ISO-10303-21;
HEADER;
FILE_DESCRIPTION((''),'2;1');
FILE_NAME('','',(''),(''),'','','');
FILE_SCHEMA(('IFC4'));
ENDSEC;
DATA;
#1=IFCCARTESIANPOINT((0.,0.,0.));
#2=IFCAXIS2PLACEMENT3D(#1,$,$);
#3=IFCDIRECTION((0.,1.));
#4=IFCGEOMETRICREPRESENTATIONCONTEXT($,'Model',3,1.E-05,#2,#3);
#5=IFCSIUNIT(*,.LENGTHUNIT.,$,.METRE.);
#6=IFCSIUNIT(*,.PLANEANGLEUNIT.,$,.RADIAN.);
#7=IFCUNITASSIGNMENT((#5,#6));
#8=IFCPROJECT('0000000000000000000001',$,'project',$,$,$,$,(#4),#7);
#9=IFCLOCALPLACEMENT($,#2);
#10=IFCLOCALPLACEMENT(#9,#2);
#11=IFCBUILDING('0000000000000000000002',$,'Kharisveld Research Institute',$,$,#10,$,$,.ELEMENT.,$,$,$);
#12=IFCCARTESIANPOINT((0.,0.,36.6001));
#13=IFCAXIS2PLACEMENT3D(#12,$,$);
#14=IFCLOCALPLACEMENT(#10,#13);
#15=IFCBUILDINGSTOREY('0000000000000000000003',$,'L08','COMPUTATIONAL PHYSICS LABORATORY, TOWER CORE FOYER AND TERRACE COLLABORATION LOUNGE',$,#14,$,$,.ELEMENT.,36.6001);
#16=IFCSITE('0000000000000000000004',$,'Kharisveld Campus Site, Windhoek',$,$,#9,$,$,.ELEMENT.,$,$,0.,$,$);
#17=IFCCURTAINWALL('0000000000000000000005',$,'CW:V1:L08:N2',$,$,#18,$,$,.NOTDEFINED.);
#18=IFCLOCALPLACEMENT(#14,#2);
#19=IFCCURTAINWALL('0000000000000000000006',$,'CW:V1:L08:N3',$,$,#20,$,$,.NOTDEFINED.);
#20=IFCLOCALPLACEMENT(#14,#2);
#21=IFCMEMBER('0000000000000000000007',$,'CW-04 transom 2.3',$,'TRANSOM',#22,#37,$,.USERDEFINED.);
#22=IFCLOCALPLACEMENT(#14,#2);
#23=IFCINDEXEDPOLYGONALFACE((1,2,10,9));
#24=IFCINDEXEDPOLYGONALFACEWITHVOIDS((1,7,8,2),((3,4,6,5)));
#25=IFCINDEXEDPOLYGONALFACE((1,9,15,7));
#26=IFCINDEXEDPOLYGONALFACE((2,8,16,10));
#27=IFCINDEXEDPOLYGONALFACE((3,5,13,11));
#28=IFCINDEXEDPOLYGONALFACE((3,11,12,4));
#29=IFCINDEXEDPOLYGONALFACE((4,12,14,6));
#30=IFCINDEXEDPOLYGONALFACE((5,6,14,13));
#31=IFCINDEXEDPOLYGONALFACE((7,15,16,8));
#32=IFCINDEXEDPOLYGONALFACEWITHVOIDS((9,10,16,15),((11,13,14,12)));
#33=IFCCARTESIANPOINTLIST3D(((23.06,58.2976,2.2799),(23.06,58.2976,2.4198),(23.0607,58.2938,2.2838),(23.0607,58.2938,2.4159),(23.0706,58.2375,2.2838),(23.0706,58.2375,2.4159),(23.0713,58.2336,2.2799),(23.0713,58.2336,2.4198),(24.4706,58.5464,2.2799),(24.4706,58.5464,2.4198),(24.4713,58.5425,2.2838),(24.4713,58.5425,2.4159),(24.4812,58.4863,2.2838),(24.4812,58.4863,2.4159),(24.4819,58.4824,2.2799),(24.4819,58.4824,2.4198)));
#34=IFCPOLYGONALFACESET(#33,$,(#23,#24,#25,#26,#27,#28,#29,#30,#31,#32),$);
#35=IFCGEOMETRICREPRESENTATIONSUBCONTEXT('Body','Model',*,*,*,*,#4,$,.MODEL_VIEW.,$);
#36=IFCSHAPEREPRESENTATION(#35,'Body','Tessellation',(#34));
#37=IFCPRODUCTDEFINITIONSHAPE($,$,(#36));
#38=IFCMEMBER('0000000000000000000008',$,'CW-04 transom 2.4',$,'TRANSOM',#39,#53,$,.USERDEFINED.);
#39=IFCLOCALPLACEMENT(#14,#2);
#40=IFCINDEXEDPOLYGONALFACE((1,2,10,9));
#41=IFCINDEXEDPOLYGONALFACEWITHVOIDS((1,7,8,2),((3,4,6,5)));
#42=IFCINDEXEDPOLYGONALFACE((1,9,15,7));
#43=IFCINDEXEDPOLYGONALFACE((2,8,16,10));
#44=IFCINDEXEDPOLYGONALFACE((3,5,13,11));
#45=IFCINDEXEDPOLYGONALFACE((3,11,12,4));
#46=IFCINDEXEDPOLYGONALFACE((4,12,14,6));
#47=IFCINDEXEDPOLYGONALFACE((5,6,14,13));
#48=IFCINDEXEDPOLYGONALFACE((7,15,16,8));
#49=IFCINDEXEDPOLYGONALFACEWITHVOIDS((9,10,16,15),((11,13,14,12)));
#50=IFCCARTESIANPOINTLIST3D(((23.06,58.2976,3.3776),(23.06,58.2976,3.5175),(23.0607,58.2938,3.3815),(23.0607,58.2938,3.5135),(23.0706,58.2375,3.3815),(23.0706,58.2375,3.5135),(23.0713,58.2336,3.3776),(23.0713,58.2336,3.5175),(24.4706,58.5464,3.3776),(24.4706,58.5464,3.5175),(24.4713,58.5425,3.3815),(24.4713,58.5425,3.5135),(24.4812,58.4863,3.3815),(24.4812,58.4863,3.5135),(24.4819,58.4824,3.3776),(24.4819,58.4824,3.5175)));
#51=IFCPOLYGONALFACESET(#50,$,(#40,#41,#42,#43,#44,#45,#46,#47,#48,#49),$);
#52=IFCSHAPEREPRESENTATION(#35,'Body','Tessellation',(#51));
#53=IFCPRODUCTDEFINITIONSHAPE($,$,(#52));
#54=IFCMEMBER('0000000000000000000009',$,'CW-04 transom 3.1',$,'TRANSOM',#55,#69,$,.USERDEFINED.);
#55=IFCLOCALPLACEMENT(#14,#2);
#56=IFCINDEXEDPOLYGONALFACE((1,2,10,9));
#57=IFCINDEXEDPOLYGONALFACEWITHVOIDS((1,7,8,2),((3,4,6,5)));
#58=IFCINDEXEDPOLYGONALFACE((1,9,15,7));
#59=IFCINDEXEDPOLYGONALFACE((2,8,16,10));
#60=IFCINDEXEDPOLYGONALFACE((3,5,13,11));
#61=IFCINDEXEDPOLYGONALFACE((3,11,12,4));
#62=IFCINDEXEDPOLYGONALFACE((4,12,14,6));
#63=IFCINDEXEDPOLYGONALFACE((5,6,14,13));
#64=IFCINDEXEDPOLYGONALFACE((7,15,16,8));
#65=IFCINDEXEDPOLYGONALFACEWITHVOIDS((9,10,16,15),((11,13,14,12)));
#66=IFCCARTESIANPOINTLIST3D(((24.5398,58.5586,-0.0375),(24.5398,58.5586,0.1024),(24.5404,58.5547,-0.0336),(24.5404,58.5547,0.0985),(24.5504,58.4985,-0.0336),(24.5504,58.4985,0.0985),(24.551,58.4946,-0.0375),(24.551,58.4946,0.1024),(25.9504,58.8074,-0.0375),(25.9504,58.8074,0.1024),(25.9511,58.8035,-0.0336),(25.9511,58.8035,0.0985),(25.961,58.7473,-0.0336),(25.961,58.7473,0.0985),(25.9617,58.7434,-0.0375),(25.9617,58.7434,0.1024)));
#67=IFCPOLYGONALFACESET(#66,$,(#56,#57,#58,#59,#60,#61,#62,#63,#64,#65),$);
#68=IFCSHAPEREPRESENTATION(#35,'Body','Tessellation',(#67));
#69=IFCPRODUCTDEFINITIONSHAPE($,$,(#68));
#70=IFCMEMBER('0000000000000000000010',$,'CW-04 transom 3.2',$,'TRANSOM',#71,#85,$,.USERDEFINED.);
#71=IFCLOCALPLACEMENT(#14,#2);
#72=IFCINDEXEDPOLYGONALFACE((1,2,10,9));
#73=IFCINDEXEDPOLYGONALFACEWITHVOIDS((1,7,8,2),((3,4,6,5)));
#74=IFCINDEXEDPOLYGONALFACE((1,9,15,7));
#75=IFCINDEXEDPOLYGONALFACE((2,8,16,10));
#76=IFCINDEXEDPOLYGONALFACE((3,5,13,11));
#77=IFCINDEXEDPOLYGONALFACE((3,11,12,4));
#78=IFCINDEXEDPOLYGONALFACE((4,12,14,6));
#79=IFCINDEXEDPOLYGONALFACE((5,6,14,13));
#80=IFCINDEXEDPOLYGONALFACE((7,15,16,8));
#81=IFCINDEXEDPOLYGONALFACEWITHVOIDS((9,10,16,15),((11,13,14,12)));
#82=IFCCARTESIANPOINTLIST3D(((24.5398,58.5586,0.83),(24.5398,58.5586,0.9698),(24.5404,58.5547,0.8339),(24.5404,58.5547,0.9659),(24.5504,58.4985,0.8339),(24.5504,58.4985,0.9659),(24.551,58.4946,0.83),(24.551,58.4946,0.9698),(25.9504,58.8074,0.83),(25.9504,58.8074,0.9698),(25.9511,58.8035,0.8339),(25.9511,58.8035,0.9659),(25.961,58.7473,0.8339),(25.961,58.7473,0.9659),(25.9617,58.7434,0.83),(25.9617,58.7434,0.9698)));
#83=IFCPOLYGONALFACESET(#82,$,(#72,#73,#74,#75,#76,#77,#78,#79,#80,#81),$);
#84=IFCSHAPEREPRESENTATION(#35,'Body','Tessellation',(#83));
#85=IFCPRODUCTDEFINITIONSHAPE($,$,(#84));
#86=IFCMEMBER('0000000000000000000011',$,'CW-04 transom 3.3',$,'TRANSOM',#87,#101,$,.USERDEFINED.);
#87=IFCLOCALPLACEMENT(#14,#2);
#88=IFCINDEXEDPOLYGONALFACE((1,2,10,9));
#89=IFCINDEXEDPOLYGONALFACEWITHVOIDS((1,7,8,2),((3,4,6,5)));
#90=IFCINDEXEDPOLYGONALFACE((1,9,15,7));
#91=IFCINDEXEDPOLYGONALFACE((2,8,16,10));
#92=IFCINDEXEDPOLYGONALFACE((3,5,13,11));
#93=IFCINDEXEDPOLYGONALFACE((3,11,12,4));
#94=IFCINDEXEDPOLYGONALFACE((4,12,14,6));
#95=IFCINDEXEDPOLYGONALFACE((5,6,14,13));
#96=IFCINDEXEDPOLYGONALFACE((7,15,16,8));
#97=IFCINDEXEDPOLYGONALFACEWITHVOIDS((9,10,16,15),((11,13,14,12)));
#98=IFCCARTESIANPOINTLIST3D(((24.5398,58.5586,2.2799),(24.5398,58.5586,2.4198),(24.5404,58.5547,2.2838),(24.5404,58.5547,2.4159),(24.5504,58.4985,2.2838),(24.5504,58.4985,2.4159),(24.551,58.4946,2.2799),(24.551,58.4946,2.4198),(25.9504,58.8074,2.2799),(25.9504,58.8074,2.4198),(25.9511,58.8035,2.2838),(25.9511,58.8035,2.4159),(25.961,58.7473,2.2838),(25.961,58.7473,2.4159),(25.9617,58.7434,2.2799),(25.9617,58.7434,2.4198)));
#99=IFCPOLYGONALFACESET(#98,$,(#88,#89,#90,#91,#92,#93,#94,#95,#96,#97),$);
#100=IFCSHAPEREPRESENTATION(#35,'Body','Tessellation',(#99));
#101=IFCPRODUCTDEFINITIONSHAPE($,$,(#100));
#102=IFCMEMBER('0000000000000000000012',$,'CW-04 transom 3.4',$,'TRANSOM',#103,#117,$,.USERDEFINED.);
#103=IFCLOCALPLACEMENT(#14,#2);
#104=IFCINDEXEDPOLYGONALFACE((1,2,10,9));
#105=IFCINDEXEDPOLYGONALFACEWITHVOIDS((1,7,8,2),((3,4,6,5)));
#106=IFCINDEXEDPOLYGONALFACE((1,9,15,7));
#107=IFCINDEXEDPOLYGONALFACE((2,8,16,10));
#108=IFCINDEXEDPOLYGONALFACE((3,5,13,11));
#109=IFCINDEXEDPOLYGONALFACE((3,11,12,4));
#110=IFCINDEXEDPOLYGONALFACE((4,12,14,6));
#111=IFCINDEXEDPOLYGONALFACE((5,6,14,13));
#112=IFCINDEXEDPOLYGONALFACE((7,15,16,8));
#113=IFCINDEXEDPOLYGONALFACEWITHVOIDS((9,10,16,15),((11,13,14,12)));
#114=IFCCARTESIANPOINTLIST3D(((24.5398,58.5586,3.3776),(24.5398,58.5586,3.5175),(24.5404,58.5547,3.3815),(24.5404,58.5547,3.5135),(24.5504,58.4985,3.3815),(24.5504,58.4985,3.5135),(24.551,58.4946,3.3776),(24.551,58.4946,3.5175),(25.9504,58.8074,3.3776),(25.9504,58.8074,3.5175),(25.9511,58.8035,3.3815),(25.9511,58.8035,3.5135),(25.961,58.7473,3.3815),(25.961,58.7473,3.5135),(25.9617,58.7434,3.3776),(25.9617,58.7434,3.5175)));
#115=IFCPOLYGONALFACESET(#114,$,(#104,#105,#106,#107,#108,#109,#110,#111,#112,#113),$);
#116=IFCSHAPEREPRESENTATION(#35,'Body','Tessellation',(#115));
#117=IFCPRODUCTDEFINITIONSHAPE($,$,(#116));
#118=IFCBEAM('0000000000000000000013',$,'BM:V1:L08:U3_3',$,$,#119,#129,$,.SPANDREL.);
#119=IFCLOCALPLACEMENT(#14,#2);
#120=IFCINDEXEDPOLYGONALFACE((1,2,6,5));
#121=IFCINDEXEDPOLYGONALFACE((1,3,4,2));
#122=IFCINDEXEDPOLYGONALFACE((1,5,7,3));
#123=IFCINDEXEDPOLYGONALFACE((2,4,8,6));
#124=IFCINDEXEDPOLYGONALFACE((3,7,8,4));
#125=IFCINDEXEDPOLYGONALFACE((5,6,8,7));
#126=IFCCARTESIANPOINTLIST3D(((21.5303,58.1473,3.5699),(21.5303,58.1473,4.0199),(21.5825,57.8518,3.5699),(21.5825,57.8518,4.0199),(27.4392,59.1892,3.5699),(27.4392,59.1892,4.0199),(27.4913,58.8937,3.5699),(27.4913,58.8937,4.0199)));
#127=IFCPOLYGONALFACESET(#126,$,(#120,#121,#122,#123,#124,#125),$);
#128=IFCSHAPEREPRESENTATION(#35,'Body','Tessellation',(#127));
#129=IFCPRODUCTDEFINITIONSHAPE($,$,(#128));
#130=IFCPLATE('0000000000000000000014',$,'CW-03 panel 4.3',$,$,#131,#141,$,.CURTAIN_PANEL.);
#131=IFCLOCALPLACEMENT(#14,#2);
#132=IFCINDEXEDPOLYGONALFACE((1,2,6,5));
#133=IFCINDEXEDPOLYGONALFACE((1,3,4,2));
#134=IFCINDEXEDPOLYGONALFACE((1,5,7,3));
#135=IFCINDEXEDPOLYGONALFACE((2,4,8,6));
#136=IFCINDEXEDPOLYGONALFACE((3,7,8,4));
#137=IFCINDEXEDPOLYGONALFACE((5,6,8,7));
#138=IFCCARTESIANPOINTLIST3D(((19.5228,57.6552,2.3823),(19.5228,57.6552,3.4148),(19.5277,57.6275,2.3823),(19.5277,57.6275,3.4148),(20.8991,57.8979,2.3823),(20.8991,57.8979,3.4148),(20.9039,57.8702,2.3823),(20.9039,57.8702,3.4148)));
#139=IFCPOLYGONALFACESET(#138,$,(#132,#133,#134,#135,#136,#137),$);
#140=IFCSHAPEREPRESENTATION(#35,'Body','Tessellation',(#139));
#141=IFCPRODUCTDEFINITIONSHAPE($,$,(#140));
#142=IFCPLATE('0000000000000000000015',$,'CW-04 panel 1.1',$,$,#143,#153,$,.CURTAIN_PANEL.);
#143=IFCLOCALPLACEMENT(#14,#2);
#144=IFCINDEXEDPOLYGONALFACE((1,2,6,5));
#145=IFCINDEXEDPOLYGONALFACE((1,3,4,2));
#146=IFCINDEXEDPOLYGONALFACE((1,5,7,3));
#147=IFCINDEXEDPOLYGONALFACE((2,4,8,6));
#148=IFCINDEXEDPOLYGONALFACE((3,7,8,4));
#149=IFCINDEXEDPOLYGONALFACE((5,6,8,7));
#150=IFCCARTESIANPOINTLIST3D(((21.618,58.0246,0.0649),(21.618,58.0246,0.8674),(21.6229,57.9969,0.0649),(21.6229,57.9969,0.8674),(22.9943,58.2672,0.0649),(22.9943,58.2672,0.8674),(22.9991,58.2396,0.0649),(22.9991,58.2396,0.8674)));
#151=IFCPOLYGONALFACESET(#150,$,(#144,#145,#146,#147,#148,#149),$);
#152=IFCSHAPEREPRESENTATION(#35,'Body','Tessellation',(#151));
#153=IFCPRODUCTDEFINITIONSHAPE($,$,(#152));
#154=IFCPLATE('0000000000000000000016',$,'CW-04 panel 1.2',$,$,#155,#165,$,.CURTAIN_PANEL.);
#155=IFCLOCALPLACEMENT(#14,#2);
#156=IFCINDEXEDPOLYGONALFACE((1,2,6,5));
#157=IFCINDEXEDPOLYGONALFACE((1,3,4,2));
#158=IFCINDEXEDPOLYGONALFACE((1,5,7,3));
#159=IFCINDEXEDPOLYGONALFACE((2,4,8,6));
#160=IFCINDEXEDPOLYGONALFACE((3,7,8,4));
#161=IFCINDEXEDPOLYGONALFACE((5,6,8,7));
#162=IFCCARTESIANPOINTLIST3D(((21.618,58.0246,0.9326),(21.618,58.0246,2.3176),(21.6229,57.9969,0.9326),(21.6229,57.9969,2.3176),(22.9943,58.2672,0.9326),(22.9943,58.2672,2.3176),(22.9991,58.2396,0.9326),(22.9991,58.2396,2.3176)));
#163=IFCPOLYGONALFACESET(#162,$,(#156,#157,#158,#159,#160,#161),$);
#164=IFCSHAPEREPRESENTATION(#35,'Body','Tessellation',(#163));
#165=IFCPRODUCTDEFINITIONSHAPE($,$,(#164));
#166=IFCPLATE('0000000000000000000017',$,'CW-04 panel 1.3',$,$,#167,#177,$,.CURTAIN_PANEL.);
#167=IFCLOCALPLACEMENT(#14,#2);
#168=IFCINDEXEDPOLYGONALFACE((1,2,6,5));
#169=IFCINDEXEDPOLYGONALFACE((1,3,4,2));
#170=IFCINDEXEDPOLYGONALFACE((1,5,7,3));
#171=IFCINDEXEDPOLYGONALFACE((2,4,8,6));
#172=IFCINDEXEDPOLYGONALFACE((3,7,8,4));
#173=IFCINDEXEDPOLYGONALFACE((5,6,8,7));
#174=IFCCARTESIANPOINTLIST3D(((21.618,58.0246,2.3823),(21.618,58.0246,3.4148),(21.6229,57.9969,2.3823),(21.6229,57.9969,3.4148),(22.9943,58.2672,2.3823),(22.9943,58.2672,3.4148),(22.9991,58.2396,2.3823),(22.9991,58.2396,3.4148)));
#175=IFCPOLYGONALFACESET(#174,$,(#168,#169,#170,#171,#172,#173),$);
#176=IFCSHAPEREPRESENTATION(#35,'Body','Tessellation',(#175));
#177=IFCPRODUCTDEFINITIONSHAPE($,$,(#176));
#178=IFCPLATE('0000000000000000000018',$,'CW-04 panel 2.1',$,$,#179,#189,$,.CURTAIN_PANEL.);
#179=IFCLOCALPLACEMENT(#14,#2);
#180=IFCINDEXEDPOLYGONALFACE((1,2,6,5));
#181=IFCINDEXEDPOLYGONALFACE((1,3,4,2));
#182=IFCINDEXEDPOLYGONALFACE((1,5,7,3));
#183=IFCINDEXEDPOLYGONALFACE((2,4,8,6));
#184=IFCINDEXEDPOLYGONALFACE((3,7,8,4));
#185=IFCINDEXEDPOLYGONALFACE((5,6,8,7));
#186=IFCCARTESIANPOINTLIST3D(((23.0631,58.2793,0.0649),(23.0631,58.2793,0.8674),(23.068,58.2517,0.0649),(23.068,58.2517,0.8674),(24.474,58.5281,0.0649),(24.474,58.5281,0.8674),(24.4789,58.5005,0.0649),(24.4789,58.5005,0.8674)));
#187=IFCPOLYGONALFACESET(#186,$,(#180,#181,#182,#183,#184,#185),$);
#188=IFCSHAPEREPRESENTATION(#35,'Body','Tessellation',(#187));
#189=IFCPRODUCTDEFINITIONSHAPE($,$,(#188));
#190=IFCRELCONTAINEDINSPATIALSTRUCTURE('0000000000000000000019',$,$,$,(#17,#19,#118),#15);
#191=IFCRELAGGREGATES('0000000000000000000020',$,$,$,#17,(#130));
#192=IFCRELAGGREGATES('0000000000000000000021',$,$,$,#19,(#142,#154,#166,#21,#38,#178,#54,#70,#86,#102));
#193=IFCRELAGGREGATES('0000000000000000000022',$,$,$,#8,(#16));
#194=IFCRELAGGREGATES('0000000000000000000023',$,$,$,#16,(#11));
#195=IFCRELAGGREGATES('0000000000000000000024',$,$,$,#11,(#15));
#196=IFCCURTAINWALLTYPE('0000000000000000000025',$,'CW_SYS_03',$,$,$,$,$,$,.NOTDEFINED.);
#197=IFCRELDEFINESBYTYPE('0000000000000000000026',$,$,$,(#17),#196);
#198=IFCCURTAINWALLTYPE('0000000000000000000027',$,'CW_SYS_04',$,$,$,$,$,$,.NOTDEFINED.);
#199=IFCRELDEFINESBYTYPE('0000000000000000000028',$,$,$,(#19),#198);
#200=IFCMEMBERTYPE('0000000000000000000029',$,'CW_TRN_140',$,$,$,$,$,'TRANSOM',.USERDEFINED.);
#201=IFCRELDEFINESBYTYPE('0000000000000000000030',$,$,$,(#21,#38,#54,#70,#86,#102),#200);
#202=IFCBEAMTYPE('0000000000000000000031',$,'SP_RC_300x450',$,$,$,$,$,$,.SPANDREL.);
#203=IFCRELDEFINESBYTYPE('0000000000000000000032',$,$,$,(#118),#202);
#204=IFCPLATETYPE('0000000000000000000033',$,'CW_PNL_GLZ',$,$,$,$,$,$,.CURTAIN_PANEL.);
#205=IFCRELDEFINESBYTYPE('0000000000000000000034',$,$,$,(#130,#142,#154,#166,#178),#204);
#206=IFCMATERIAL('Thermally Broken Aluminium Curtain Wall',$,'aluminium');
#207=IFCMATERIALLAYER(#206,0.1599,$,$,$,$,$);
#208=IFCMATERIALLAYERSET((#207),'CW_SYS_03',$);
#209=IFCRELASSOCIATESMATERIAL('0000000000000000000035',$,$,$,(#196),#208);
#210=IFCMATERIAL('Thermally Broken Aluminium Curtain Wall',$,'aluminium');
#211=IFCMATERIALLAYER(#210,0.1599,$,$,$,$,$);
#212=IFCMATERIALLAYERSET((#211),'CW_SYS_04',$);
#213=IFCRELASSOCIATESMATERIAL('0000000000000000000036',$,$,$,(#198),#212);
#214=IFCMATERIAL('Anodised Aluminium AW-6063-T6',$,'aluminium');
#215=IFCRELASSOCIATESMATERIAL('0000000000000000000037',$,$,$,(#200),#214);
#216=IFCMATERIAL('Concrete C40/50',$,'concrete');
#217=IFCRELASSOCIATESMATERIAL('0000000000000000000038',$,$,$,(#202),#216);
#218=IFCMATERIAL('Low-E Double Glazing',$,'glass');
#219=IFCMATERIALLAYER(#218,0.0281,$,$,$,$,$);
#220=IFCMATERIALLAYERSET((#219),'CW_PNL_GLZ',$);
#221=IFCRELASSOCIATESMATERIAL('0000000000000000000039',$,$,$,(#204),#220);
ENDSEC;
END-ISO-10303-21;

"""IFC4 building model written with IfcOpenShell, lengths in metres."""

from ifc_helpers import new_model, si_unit, direction, frame, origin, origin_2d, place, context, subcontext, project, spatial, rectangle, hollow_rectangle, extrude, material, layer, layer_set, material_profile, profile_set, type_object, element, aggregate, save


model = new_model("IFC4")

# Units and contexts
model_context = context("Model", 3, precision=1e-05, world=origin(), true_north=direction((0.0, 1.0)))
body_context = subcontext(model_context, "Body", "Model", "MODEL_VIEW")
ifc_project = project(units=[si_unit("LENGTHUNIT", "METRE"), si_unit("PLANEANGLEUNIT", "RADIAN")], contexts=[model_context])

# Site, building, storey
site_placement = place(None, origin())
site = spatial("IfcSite", under=ifc_project, at=site_placement, Name="Kharisveld Campus Site, Windhoek", CompositionType="ELEMENT", RefElevation=0.0)
building_placement = place(site_placement, origin())
building = spatial("IfcBuilding", under=site, at=building_placement, Name="Kharisveld Research Institute", CompositionType="ELEMENT")
storey_placement = place(building_placement, frame((0.0, 0.0, 36.6001)))
storey = spatial("IfcBuildingStorey", under=building, at=storey_placement, Name="L08", Description="COMPUTATIONAL PHYSICS LABORATORY, TOWER CORE FOYER AND TERRACE COLLABORATION LOUNGE", CompositionType="ELEMENT", Elevation=36.6001)

# Curtain wall
ifc_material_1 = material(Name="Thermally Broken Aluminium Curtain Wall", Category="aluminium")
ifc_layer_1 = layer(ifc_material_1, 0.1599)
ifc_layer_set_1 = layer_set([ifc_layer_1], Name="CW_SYS_03")
curtain_wall_type_1 = type_object("IfcCurtainWallType", Name="CW_SYS_03", PredefinedType="NOTDEFINED", material=ifc_layer_set_1)
curtain_wall_1_placement = place(storey_placement, origin())
curtain_wall_1 = element("IfcCurtainWall", 1, at=curtain_wall_1_placement, inside=storey, type_object=curtain_wall_type_1, Name="CW:V1:L08:N2", PredefinedType="NOTDEFINED")

# Curtain wall, members
ifc_material_2 = material(Name="Thermally Broken Aluminium Curtain Wall", Category="aluminium")
ifc_layer_2 = layer(ifc_material_2, 0.1599)
ifc_layer_set_2 = layer_set([ifc_layer_2], Name="CW_SYS_04")
curtain_wall_type_2 = type_object("IfcCurtainWallType", Name="CW_SYS_04", PredefinedType="NOTDEFINED", material=ifc_layer_set_2)
curtain_wall_2_placement = place(storey_placement, origin())
curtain_wall_2 = element("IfcCurtainWall", 2, at=curtain_wall_2_placement, inside=storey, type_object=curtain_wall_type_2, Name="CW:V1:L08:N3", PredefinedType="NOTDEFINED")
ifc_material_3 = material(Name="Anodised Aluminium AW-6063-T6", Category="aluminium")
ifc_material_profile_1 = material_profile(ifc_material_3, hollow_rectangle(XDim=0.0649, YDim=0.1399, WallThickness=0.0039, at=origin_2d()))
ifc_profile_set_1 = profile_set([ifc_material_profile_1], Name="Anodised Aluminium AW-6063-T6")
member_type_1 = type_object("IfcMemberType", Name="CW_TRN_140", ElementType="TRANSOM", PredefinedType="USERDEFINED", material=ifc_profile_set_1)
member_1_placement = place(storey_placement, frame((23.0657, 58.2656, 2.3499), z_axis=(0.984802, 0.173678, 0.0), x_axis=(-0.173678, 0.984802, 0.0)))
member_1 = element("IfcMember", 3, at=member_1_placement, type_object=member_type_1, Name="CW-04 transom 2.3", ObjectType="TRANSOM", PredefinedType="USERDEFINED", context=body_context, shape_type="SweptSolid", body=[
    extrude(hollow_rectangle(XDim=0.0649, YDim=0.1399, WallThickness=0.0039, at=origin_2d()), origin(), (0.0, 0.0, 1.0), 1.4324),
])
member_2_placement = place(storey_placement, frame((23.0657, 58.2656, 3.4475), z_axis=(0.984802, 0.173678, 0.0), x_axis=(-0.173678, 0.984802, 0.0)))
member_2 = element("IfcMember", 4, at=member_2_placement, type_object=member_type_1, Name="CW-04 transom 2.4", ObjectType="TRANSOM", PredefinedType="USERDEFINED", context=body_context, shape_type="SweptSolid", body=[
    extrude(hollow_rectangle(XDim=0.0649, YDim=0.1399, WallThickness=0.0039, at=origin_2d()), origin(), (0.0, 0.0, 1.0), 1.4324),
])
member_3_placement = place(storey_placement, frame((24.5454, 58.5266, 0.0325), z_axis=(0.984802, 0.173678, 0.0), x_axis=(-0.173678, 0.984802, 0.0)))
member_3 = element("IfcMember", 5, at=member_3_placement, type_object=member_type_1, Name="CW-04 transom 3.1", ObjectType="TRANSOM", PredefinedType="USERDEFINED", context=body_context, shape_type="SweptSolid", body=[
    extrude(hollow_rectangle(XDim=0.0649, YDim=0.1399, WallThickness=0.0039, at=origin_2d()), origin(), (0.0, 0.0, 1.0), 1.4324),
])
member_4_placement = place(storey_placement, frame((24.5454, 58.5266, 0.8999), z_axis=(0.984802, 0.173678, 0.0), x_axis=(-0.173678, 0.984802, 0.0)))
member_4 = element("IfcMember", 6, at=member_4_placement, type_object=member_type_1, Name="CW-04 transom 3.2", ObjectType="TRANSOM", PredefinedType="USERDEFINED", context=body_context, shape_type="SweptSolid", body=[
    extrude(hollow_rectangle(XDim=0.0649, YDim=0.1399, WallThickness=0.0039, at=origin_2d()), origin(), (0.0, 0.0, 1.0), 1.4324),
])
member_5_placement = place(storey_placement, frame((24.5454, 58.5266, 2.3499), z_axis=(0.984802, 0.173678, 0.0), x_axis=(-0.173678, 0.984802, 0.0)))
member_5 = element("IfcMember", 7, at=member_5_placement, type_object=member_type_1, Name="CW-04 transom 3.3", ObjectType="TRANSOM", PredefinedType="USERDEFINED", context=body_context, shape_type="SweptSolid", body=[
    extrude(hollow_rectangle(XDim=0.0649, YDim=0.1399, WallThickness=0.0039, at=origin_2d()), origin(), (0.0, 0.0, 1.0), 1.4324),
])
member_6_placement = place(storey_placement, frame((24.5454, 58.5266, 3.4475), z_axis=(0.984802, 0.173678, 0.0), x_axis=(-0.173678, 0.984802, 0.0)))
member_6 = element("IfcMember", 8, at=member_6_placement, type_object=member_type_1, Name="CW-04 transom 3.4", ObjectType="TRANSOM", PredefinedType="USERDEFINED", context=body_context, shape_type="SweptSolid", body=[
    extrude(hollow_rectangle(XDim=0.0649, YDim=0.1399, WallThickness=0.0039, at=origin_2d()), origin(), (0.0, 0.0, 1.0), 1.4324),
])

# Beam
ifc_material_4 = material(Name="Concrete C40/50", Category="concrete")
ifc_material_profile_2 = material_profile(ifc_material_4, rectangle(XDim=0.3, YDim=0.45, at=origin_2d()))
ifc_profile_set_2 = profile_set([ifc_material_profile_2], Name="Concrete C40/50")
beam_type = type_object("IfcBeamType", Name="SP_RC_300x450", PredefinedType="SPANDREL", material=ifc_profile_set_2)
beam_placement = place(storey_placement, frame((21.5564, 57.9995, 3.7949), z_axis=(0.984805, 0.173662, 0.0), x_axis=(-0.173662, 0.984805, 0.0)))
element("IfcBeam", 9, at=beam_placement, inside=storey, type_object=beam_type, Name="BM:V1:L08:U3_3", PredefinedType="SPANDREL", context=body_context, shape_type="SweptSolid", body=[
    extrude(rectangle(XDim=0.3, YDim=0.45, at=origin_2d()), origin(), (0.0, 0.0, 1.0), 6.0),
])

# Plates
ifc_material_5 = material(Name="Low-E Double Glazing", Category="glass")
ifc_layer_3 = layer(ifc_material_5, 0.0281)
ifc_layer_set_3 = layer_set([ifc_layer_3], Name="CW_PNL_GLZ")
plate_type = type_object("IfcPlateType", Name="CW_PNL_GLZ", PredefinedType="CURTAIN_PANEL", material=ifc_layer_set_3)
plate_1_placement = place(storey_placement, frame((20.2134, 57.7627, 2.3823), z_axis=(0.0, 0.0, 1.0), x_axis=(0.984808, 0.173648, 0.0)))
plate_1 = element("IfcPlate", 10, at=plate_1_placement, type_object=plate_type, Name="CW-03 panel 4.3", PredefinedType="CURTAIN_PANEL", context=body_context, shape_type="SweptSolid", body=[
    extrude(rectangle(XDim=1.3975, YDim=0.0281, at=origin_2d()), origin(), (0.0, 0.0, 1.0), 1.0325),
])
aggregate(curtain_wall_1, [plate_1])
plate_2_placement = place(storey_placement, frame((22.3086, 58.1321, 0.0649), z_axis=(0.0, 0.0, 1.0), x_axis=(0.984808, 0.173648, 0.0)))
plate_2 = element("IfcPlate", 11, at=plate_2_placement, type_object=plate_type, Name="CW-04 panel 1.1", PredefinedType="CURTAIN_PANEL", context=body_context, shape_type="SweptSolid", body=[
    extrude(rectangle(XDim=1.3975, YDim=0.0281, at=origin_2d()), origin(), (0.0, 0.0, 1.0), 0.8025),
])
plate_3_placement = place(storey_placement, frame((22.3086, 58.1321, 0.9326), z_axis=(0.0, 0.0, 1.0), x_axis=(0.984808, 0.173648, 0.0)))
plate_3 = element("IfcPlate", 12, at=plate_3_placement, type_object=plate_type, Name="CW-04 panel 1.2", PredefinedType="CURTAIN_PANEL", context=body_context, shape_type="SweptSolid", body=[
    extrude(rectangle(XDim=1.3975, YDim=0.0281, at=origin_2d()), origin(), (0.0, 0.0, 1.0), 1.385),
])
plate_4_placement = place(storey_placement, frame((22.3086, 58.1321, 2.3823), z_axis=(0.0, 0.0, 1.0), x_axis=(0.984808, 0.173648, 0.0)))
plate_4 = element("IfcPlate", 13, at=plate_4_placement, type_object=plate_type, Name="CW-04 panel 1.3", PredefinedType="CURTAIN_PANEL", context=body_context, shape_type="SweptSolid", body=[
    extrude(rectangle(XDim=1.3975, YDim=0.0281, at=origin_2d()), origin(), (0.0, 0.0, 1.0), 1.0325),
])
plate_5_placement = place(storey_placement, frame((23.771, 58.3899, 0.0649), z_axis=(0.0, 0.0, 1.0), x_axis=(0.984808, 0.173648, 0.0)))
plate_5 = element("IfcPlate", 14, at=plate_5_placement, type_object=plate_type, Name="CW-04 panel 2.1", PredefinedType="CURTAIN_PANEL", context=body_context, shape_type="SweptSolid", body=[
    extrude(rectangle(XDim=1.4326, YDim=0.0281, at=origin_2d()), origin(), (0.0, 0.0, 1.0), 0.8025),
])
aggregate(curtain_wall_2, [plate_2, plate_3, plate_4, member_1, member_2, plate_5, member_3, member_4, member_5, member_6])

save(model, "model.ifc")
